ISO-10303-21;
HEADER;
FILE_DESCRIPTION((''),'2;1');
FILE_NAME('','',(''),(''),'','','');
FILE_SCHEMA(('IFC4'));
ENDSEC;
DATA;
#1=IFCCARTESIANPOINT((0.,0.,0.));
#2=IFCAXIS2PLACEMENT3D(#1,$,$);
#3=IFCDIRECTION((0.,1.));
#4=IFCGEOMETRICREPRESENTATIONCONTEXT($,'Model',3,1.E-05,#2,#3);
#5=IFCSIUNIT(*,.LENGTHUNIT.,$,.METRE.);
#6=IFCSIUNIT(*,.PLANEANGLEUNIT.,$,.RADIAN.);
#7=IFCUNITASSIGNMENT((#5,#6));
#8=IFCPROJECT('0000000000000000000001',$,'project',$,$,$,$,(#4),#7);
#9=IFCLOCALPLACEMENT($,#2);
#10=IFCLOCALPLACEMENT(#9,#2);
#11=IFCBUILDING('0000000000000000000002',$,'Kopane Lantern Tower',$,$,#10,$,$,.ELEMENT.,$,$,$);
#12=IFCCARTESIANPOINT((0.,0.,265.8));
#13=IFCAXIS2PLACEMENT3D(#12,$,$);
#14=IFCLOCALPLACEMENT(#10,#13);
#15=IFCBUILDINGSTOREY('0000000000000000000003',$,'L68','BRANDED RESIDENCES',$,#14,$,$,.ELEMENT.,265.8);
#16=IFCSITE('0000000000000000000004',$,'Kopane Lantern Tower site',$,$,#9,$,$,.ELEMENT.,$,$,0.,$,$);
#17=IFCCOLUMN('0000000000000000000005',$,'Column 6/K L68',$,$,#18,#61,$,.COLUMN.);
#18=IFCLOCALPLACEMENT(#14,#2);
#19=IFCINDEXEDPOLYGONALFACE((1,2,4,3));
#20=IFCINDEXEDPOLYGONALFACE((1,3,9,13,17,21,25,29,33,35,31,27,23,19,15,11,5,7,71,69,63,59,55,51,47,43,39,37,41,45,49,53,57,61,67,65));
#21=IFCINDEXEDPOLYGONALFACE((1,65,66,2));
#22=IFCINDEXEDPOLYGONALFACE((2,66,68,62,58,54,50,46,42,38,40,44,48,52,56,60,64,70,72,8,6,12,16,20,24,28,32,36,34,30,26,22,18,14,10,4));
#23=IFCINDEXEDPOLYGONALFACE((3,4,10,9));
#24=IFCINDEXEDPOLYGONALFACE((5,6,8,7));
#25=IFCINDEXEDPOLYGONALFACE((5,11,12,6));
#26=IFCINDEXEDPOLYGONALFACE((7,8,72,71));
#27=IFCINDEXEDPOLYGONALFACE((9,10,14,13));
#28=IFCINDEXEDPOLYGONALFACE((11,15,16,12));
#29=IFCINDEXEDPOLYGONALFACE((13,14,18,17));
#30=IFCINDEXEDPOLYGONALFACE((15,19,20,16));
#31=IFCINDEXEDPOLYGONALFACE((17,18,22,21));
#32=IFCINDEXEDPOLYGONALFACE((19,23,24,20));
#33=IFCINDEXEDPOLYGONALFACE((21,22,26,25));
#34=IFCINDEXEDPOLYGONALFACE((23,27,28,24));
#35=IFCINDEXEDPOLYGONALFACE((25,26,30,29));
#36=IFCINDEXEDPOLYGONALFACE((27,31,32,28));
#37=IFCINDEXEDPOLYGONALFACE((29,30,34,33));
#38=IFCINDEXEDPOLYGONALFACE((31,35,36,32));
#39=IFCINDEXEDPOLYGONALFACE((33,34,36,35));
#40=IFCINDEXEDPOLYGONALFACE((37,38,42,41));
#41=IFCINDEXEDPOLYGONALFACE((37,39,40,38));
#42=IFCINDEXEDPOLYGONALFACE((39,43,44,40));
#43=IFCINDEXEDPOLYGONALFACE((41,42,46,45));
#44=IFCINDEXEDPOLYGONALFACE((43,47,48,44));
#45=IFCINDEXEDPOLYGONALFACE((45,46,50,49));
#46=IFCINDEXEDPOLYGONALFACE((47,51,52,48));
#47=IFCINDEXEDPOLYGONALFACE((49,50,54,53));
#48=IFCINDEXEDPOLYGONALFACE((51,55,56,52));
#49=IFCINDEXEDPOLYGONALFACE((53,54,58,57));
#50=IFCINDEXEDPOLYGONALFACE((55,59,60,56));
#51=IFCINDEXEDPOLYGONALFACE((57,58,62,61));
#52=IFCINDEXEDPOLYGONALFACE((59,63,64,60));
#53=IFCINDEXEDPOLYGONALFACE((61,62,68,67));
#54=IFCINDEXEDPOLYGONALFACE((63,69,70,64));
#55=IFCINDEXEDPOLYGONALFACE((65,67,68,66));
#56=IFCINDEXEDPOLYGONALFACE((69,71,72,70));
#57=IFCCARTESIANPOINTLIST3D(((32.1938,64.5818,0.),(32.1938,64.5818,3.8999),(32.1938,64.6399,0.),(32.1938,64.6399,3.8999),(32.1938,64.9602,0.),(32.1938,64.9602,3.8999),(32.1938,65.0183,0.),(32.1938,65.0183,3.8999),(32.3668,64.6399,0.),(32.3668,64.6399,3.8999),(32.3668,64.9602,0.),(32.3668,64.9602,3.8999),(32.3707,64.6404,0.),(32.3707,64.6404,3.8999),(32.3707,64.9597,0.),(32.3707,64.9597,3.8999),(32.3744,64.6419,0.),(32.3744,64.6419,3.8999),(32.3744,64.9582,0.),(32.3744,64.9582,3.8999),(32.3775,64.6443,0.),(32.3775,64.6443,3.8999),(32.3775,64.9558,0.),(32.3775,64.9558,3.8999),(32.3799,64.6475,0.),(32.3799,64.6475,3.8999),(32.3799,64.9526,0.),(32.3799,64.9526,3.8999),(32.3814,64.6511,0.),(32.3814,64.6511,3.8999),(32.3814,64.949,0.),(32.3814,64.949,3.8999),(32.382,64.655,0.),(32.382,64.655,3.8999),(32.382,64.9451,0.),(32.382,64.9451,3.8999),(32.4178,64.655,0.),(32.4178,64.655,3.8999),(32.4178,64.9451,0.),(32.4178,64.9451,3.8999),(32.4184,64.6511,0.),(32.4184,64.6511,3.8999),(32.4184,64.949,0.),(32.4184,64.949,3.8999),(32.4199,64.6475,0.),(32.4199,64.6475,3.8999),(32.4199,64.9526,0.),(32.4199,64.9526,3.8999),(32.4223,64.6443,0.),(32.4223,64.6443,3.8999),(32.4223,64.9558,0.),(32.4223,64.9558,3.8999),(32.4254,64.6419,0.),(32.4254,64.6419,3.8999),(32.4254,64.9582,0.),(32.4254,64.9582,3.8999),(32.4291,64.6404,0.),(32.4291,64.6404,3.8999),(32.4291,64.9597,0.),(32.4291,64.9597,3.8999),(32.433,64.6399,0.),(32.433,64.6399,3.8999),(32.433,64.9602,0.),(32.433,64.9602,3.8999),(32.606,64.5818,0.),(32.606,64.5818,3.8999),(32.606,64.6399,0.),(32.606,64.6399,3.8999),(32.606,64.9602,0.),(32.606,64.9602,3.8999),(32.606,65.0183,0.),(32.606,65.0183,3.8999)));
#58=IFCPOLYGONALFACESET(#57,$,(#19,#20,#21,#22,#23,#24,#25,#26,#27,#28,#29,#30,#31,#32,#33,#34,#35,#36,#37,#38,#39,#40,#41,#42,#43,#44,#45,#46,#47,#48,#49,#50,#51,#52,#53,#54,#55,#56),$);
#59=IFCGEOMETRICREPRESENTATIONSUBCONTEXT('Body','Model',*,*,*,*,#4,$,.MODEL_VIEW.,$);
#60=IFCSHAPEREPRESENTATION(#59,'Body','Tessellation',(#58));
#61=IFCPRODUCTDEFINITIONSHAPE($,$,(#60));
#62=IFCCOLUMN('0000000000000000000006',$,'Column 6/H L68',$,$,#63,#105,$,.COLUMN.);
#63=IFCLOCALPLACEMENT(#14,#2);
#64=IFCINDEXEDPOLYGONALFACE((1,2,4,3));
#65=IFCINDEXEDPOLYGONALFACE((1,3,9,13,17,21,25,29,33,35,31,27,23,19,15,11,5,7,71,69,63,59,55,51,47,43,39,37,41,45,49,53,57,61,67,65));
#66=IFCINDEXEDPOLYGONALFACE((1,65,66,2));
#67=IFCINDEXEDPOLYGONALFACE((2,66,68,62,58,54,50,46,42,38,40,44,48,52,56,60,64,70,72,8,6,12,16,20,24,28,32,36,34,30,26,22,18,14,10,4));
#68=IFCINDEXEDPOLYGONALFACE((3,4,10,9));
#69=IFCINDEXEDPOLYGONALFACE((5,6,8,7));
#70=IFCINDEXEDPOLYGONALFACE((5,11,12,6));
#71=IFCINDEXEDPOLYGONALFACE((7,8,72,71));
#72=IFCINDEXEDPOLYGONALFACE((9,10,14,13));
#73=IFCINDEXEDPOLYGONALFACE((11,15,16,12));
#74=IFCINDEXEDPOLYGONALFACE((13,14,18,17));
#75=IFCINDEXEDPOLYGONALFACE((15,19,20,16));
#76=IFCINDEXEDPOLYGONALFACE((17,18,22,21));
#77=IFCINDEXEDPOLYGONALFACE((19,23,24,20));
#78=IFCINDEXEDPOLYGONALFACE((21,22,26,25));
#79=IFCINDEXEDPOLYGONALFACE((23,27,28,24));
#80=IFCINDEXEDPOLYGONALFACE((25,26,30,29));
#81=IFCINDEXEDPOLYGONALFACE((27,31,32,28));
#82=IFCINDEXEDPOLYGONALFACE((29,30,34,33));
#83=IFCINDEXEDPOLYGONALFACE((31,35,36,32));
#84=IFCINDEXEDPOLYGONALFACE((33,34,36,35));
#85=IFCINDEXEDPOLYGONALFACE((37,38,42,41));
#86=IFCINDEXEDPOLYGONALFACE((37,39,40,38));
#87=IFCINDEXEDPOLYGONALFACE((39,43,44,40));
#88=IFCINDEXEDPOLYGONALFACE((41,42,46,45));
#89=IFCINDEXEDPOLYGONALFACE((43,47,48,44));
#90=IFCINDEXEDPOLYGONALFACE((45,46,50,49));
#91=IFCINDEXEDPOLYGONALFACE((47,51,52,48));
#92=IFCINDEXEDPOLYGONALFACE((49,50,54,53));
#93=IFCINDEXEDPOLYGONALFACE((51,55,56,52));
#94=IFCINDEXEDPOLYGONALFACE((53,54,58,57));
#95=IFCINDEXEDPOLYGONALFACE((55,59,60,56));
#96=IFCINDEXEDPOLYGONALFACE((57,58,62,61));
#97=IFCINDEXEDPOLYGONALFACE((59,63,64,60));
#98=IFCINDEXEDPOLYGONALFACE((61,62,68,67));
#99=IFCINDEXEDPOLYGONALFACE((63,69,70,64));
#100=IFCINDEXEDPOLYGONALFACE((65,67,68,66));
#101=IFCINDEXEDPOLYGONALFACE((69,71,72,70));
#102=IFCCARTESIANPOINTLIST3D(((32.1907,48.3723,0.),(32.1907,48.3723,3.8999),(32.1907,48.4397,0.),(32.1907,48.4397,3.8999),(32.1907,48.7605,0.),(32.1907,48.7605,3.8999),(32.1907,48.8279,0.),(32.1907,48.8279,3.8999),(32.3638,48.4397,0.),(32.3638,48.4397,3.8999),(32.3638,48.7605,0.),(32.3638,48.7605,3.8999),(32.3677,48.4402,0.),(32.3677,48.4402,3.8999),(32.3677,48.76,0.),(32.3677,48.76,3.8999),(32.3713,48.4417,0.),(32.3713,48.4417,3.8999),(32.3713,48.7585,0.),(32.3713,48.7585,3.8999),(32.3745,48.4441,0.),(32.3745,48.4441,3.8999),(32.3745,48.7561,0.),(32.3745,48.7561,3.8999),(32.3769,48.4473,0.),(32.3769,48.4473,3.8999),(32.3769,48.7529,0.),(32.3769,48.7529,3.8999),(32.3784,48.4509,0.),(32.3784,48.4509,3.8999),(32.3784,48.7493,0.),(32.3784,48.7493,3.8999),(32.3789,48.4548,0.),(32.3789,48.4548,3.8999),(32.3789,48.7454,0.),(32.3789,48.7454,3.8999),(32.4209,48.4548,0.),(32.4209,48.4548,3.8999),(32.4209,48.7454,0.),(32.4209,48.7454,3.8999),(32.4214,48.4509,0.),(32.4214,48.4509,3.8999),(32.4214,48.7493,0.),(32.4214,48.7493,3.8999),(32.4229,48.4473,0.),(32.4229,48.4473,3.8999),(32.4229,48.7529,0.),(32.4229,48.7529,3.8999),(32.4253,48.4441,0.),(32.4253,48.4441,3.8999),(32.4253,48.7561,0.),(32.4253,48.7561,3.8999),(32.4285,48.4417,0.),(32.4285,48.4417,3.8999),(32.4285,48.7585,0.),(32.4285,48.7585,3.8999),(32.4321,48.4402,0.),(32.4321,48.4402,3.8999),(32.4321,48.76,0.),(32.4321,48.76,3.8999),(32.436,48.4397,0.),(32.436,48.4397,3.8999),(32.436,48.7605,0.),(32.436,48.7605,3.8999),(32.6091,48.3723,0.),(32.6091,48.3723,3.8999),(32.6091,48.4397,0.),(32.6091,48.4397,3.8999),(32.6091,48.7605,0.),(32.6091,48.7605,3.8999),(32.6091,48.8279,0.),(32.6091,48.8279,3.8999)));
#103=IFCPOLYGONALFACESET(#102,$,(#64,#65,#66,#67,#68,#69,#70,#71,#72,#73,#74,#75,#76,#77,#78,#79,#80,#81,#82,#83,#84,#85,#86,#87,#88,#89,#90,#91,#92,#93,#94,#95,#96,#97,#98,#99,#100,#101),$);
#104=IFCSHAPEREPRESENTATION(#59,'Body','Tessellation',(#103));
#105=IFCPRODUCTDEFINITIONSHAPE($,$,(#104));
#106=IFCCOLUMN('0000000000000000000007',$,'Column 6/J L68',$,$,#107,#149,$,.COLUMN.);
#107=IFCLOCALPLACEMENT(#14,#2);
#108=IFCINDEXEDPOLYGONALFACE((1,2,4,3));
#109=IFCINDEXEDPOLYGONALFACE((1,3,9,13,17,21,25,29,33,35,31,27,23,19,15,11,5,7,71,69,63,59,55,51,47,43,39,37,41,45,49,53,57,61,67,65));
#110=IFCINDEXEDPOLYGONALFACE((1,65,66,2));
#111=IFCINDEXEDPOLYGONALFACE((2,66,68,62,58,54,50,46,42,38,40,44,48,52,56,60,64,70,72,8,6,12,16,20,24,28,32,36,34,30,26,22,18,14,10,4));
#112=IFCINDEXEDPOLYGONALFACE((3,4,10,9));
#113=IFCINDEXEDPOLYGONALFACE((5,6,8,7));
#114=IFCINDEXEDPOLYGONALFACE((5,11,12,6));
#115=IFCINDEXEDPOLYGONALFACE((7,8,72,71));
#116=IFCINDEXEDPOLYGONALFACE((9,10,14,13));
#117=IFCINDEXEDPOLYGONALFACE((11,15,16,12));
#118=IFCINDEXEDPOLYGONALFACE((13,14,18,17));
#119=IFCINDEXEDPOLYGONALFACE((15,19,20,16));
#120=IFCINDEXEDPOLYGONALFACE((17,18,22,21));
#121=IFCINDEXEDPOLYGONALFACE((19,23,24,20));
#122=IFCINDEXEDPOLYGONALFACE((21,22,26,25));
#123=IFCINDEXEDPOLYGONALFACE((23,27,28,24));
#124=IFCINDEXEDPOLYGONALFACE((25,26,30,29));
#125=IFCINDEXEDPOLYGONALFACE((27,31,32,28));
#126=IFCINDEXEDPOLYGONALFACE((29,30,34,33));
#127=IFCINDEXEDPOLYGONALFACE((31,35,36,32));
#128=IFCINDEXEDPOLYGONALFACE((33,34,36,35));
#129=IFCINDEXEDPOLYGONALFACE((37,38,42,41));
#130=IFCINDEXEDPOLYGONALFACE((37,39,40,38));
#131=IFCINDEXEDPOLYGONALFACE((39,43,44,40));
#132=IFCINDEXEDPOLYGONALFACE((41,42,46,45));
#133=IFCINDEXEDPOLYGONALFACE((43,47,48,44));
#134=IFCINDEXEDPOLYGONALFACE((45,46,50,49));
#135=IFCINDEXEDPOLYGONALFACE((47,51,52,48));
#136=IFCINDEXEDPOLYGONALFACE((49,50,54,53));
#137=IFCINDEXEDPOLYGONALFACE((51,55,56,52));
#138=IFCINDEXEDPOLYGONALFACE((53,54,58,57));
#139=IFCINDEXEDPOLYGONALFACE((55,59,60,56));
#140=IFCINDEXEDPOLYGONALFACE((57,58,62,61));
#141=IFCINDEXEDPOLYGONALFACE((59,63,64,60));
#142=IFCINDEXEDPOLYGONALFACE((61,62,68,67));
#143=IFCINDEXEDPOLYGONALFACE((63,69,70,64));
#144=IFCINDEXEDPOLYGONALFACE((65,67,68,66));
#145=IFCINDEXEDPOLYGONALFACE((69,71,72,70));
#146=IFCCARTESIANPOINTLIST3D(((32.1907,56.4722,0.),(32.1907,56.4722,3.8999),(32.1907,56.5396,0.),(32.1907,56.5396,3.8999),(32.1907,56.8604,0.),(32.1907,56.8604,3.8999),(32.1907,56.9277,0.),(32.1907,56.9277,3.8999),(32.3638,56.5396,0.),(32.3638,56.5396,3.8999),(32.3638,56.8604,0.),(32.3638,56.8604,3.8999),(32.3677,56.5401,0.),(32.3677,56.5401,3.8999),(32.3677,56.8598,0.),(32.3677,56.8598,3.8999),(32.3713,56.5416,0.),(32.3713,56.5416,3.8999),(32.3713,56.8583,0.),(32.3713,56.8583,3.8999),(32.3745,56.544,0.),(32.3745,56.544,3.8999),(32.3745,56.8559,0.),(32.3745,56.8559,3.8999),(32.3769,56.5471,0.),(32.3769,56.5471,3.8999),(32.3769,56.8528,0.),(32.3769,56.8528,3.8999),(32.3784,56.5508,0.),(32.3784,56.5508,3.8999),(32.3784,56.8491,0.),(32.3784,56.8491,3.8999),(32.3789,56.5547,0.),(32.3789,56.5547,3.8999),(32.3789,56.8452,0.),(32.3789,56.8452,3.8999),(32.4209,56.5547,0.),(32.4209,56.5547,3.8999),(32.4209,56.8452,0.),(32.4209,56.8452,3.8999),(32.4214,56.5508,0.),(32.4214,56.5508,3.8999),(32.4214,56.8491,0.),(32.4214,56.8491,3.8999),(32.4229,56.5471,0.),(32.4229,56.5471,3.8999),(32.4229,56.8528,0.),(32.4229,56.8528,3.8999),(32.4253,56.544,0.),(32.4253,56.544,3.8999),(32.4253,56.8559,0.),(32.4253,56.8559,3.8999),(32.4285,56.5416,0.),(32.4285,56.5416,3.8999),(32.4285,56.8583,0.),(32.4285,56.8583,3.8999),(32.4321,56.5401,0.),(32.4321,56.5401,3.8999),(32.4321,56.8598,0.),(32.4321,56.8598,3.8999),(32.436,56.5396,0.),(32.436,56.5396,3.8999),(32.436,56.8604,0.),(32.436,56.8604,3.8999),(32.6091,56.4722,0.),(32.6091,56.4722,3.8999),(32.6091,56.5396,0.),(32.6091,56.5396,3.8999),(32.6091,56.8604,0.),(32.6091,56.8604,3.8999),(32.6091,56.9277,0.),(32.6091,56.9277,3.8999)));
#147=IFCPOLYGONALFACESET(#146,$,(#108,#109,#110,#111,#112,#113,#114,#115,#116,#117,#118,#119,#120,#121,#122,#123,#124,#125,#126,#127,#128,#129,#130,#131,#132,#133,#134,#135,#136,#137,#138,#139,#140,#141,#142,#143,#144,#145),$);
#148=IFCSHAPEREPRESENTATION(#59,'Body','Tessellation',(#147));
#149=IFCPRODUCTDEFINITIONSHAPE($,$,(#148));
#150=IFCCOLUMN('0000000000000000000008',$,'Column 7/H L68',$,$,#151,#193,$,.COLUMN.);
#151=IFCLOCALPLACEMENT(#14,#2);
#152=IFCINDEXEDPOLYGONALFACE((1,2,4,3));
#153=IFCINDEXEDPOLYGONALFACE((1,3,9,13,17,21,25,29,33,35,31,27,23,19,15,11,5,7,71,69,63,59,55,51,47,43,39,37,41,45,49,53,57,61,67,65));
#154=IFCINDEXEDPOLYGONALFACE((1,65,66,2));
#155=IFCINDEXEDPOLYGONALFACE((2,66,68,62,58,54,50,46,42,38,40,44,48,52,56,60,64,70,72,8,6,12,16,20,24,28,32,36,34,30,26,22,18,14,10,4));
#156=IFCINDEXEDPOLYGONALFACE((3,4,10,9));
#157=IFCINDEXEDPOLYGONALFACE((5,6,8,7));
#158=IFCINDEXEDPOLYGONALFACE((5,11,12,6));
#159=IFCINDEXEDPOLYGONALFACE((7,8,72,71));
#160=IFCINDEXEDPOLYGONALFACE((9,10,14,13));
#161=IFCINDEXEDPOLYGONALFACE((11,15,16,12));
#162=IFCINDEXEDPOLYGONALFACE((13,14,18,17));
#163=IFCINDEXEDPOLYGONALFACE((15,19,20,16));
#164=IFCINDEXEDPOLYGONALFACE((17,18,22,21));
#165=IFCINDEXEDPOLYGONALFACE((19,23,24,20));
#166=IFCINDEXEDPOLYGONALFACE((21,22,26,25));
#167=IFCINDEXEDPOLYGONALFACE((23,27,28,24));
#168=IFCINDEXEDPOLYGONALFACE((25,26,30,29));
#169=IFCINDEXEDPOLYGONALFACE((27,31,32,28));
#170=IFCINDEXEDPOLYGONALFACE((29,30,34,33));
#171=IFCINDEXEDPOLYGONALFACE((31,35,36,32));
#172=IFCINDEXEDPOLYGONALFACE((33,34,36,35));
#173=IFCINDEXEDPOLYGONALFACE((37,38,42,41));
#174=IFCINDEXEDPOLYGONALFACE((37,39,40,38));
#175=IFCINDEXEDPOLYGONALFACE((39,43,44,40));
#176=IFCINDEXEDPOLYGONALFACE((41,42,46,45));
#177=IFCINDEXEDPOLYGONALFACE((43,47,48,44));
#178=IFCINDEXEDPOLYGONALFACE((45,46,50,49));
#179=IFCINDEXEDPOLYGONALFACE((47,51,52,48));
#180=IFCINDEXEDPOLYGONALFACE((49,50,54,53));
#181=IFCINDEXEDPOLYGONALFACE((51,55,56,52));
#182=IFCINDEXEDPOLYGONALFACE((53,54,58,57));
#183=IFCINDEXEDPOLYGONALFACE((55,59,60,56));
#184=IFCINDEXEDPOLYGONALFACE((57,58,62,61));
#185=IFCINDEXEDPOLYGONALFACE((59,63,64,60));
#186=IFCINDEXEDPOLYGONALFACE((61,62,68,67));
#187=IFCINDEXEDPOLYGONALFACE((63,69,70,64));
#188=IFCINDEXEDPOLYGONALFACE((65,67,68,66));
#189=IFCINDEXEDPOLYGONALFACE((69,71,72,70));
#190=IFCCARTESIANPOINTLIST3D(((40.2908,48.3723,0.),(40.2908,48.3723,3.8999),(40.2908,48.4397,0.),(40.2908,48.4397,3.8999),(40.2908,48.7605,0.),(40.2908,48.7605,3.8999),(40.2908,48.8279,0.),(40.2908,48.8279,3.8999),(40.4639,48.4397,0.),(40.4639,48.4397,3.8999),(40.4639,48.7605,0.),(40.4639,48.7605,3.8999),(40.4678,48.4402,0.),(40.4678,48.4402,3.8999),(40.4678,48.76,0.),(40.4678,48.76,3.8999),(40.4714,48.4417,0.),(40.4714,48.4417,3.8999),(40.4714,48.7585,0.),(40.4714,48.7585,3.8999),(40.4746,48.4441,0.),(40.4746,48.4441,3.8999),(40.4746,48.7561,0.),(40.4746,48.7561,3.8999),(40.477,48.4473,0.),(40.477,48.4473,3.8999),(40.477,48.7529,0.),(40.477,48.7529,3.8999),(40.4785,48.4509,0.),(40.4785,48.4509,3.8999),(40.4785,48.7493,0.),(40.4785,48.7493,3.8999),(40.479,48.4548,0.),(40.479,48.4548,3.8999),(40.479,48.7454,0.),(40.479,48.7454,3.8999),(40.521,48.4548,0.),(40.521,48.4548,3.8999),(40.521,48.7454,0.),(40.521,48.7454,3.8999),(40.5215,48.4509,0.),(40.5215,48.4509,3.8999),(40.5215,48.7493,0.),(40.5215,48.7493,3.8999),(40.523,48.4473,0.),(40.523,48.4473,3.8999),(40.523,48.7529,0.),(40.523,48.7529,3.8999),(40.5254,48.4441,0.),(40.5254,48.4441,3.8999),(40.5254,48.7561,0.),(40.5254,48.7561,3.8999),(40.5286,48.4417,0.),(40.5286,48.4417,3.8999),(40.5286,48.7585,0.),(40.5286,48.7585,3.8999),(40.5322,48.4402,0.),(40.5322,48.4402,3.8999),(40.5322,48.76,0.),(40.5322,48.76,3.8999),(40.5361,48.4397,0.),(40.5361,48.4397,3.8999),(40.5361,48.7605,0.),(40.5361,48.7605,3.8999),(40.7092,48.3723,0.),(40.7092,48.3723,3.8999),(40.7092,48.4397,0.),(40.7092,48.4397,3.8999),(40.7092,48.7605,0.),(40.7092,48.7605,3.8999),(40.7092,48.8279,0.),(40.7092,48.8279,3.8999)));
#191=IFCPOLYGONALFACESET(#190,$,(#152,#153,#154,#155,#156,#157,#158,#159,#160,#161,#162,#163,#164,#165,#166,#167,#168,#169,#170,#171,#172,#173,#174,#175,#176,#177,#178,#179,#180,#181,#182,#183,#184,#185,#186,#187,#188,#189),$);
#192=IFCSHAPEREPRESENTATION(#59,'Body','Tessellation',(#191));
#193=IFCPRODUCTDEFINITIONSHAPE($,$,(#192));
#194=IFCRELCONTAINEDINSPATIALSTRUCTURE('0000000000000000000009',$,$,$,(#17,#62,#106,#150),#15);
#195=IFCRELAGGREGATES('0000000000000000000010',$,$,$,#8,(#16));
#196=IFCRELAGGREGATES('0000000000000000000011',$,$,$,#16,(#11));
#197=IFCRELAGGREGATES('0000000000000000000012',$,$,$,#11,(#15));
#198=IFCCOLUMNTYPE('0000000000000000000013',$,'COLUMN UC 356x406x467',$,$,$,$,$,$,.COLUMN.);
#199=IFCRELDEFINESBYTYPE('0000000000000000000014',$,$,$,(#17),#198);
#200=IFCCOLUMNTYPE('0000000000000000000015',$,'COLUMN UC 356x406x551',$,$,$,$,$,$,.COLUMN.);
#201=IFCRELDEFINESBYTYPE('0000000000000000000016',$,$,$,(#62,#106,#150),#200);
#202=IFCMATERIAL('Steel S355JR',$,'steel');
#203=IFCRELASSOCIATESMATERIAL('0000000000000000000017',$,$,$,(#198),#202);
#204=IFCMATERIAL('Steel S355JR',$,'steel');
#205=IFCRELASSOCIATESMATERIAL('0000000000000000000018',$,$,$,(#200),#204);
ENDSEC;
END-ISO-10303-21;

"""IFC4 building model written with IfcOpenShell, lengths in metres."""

from ifc_helpers import new_model, si_unit, direction, frame, origin, origin_2d, place, context, subcontext, project, spatial, i_section, extrude, material, material_profile, profile_set, type_object, element, save


model = new_model("IFC4")

# Units and contexts
model_context = context("Model", 3, precision=1e-05, world=origin(), true_north=direction((0.0, 1.0)))
body_context = subcontext(model_context, "Body", "Model", "MODEL_VIEW")
ifc_project = project(units=[si_unit("LENGTHUNIT", "METRE"), si_unit("PLANEANGLEUNIT", "RADIAN")], contexts=[model_context])

# Site, building, storey
site_placement = place(None, origin())
site = spatial("IfcSite", under=ifc_project, at=site_placement, Name="Kopane Lantern Tower site", CompositionType="ELEMENT", RefElevation=0.0)
building_placement = place(site_placement, origin())
building = spatial("IfcBuilding", under=site, at=building_placement, Name="Kopane Lantern Tower", CompositionType="ELEMENT")
storey_placement = place(building_placement, frame((0.0, 0.0, 265.8)))
storey = spatial("IfcBuildingStorey", under=building, at=storey_placement, Name="L68", Description="BRANDED RESIDENCES", CompositionType="ELEMENT", Elevation=265.8)

# Columns
ifc_material_1 = material(Name="Steel S355JR", Category="steel")
ifc_material_profile_1 = material_profile(ifc_material_1, i_section(OverallWidth=0.4121, OverallDepth=0.4365, WebThickness=0.0359, FlangeThickness=0.0581, FilletRadius=0.0151, at=origin_2d()), Name="UC 356x406x467")
ifc_profile_set_1 = profile_set([ifc_material_profile_1], Name="Steel S355JR")
column_type_1 = type_object("IfcColumnType", Name="COLUMN UC 356x406x467", PredefinedType="COLUMN", material=ifc_profile_set_1)
column_placement = place(storey_placement, frame((32.3999, 64.8, 0.0), z_axis=(0.0, 0.0, 1.0), x_axis=(1.0, 0.0, 0.0)))
element("IfcColumn", 1, at=column_placement, inside=storey, type_object=column_type_1, Name="Column 6/K L68", PredefinedType="COLUMN", context=body_context, shape_type="SweptSolid", body=[
    extrude(i_section(OverallWidth=0.4121, OverallDepth=0.4365, WebThickness=0.0359, FlangeThickness=0.0581, FilletRadius=0.0151, at=origin_2d()), origin(), (0.0, 0.0, 1.0), 3.8999),
])
ifc_material_2 = material(Name="Steel S355JR", Category="steel")
ifc_material_profile_2 = material_profile(ifc_material_2, i_section(OverallWidth=0.4185, OverallDepth=0.4556, WebThickness=0.042, FlangeThickness=0.0674, FilletRadius=0.0151, at=origin_2d()), Name="UC 356x406x551")
ifc_profile_set_2 = profile_set([ifc_material_profile_2], Name="Steel S355JR")
column_type_2 = type_object("IfcColumnType", Name="COLUMN UC 356x406x551", PredefinedType="COLUMN", material=ifc_profile_set_2)
for number, where, z_axis, x_axis, name in (
    (2, (32.3999, 48.6001, 0.0), (0.0, 0.0, 1.0), (1.0, 0.0, 0.0), "Column 6/H L68"),
    (3, (32.3999, 56.7, 0.0), (0.0, 0.0, 1.0), (1.0, 0.0, 0.0), "Column 6/J L68"),
    (4, (40.5, 48.6001, 0.0), (0.0, 0.0, 1.0), (1.0, 0.0, 0.0), "Column 7/H L68"),
):
    element("IfcColumn", number, at=place(storey_placement, frame(where, z_axis=z_axis, x_axis=x_axis)), inside=storey, type_object=column_type_2, Name=name, PredefinedType="COLUMN", context=body_context, shape_type="SweptSolid", body=[
        extrude(i_section(OverallWidth=0.4185, OverallDepth=0.4556, WebThickness=0.042, FlangeThickness=0.0674, FilletRadius=0.0151, at=origin_2d()), origin(), (0.0, 0.0, 1.0), 3.8999),
    ])

save(model, "model.ifc")
